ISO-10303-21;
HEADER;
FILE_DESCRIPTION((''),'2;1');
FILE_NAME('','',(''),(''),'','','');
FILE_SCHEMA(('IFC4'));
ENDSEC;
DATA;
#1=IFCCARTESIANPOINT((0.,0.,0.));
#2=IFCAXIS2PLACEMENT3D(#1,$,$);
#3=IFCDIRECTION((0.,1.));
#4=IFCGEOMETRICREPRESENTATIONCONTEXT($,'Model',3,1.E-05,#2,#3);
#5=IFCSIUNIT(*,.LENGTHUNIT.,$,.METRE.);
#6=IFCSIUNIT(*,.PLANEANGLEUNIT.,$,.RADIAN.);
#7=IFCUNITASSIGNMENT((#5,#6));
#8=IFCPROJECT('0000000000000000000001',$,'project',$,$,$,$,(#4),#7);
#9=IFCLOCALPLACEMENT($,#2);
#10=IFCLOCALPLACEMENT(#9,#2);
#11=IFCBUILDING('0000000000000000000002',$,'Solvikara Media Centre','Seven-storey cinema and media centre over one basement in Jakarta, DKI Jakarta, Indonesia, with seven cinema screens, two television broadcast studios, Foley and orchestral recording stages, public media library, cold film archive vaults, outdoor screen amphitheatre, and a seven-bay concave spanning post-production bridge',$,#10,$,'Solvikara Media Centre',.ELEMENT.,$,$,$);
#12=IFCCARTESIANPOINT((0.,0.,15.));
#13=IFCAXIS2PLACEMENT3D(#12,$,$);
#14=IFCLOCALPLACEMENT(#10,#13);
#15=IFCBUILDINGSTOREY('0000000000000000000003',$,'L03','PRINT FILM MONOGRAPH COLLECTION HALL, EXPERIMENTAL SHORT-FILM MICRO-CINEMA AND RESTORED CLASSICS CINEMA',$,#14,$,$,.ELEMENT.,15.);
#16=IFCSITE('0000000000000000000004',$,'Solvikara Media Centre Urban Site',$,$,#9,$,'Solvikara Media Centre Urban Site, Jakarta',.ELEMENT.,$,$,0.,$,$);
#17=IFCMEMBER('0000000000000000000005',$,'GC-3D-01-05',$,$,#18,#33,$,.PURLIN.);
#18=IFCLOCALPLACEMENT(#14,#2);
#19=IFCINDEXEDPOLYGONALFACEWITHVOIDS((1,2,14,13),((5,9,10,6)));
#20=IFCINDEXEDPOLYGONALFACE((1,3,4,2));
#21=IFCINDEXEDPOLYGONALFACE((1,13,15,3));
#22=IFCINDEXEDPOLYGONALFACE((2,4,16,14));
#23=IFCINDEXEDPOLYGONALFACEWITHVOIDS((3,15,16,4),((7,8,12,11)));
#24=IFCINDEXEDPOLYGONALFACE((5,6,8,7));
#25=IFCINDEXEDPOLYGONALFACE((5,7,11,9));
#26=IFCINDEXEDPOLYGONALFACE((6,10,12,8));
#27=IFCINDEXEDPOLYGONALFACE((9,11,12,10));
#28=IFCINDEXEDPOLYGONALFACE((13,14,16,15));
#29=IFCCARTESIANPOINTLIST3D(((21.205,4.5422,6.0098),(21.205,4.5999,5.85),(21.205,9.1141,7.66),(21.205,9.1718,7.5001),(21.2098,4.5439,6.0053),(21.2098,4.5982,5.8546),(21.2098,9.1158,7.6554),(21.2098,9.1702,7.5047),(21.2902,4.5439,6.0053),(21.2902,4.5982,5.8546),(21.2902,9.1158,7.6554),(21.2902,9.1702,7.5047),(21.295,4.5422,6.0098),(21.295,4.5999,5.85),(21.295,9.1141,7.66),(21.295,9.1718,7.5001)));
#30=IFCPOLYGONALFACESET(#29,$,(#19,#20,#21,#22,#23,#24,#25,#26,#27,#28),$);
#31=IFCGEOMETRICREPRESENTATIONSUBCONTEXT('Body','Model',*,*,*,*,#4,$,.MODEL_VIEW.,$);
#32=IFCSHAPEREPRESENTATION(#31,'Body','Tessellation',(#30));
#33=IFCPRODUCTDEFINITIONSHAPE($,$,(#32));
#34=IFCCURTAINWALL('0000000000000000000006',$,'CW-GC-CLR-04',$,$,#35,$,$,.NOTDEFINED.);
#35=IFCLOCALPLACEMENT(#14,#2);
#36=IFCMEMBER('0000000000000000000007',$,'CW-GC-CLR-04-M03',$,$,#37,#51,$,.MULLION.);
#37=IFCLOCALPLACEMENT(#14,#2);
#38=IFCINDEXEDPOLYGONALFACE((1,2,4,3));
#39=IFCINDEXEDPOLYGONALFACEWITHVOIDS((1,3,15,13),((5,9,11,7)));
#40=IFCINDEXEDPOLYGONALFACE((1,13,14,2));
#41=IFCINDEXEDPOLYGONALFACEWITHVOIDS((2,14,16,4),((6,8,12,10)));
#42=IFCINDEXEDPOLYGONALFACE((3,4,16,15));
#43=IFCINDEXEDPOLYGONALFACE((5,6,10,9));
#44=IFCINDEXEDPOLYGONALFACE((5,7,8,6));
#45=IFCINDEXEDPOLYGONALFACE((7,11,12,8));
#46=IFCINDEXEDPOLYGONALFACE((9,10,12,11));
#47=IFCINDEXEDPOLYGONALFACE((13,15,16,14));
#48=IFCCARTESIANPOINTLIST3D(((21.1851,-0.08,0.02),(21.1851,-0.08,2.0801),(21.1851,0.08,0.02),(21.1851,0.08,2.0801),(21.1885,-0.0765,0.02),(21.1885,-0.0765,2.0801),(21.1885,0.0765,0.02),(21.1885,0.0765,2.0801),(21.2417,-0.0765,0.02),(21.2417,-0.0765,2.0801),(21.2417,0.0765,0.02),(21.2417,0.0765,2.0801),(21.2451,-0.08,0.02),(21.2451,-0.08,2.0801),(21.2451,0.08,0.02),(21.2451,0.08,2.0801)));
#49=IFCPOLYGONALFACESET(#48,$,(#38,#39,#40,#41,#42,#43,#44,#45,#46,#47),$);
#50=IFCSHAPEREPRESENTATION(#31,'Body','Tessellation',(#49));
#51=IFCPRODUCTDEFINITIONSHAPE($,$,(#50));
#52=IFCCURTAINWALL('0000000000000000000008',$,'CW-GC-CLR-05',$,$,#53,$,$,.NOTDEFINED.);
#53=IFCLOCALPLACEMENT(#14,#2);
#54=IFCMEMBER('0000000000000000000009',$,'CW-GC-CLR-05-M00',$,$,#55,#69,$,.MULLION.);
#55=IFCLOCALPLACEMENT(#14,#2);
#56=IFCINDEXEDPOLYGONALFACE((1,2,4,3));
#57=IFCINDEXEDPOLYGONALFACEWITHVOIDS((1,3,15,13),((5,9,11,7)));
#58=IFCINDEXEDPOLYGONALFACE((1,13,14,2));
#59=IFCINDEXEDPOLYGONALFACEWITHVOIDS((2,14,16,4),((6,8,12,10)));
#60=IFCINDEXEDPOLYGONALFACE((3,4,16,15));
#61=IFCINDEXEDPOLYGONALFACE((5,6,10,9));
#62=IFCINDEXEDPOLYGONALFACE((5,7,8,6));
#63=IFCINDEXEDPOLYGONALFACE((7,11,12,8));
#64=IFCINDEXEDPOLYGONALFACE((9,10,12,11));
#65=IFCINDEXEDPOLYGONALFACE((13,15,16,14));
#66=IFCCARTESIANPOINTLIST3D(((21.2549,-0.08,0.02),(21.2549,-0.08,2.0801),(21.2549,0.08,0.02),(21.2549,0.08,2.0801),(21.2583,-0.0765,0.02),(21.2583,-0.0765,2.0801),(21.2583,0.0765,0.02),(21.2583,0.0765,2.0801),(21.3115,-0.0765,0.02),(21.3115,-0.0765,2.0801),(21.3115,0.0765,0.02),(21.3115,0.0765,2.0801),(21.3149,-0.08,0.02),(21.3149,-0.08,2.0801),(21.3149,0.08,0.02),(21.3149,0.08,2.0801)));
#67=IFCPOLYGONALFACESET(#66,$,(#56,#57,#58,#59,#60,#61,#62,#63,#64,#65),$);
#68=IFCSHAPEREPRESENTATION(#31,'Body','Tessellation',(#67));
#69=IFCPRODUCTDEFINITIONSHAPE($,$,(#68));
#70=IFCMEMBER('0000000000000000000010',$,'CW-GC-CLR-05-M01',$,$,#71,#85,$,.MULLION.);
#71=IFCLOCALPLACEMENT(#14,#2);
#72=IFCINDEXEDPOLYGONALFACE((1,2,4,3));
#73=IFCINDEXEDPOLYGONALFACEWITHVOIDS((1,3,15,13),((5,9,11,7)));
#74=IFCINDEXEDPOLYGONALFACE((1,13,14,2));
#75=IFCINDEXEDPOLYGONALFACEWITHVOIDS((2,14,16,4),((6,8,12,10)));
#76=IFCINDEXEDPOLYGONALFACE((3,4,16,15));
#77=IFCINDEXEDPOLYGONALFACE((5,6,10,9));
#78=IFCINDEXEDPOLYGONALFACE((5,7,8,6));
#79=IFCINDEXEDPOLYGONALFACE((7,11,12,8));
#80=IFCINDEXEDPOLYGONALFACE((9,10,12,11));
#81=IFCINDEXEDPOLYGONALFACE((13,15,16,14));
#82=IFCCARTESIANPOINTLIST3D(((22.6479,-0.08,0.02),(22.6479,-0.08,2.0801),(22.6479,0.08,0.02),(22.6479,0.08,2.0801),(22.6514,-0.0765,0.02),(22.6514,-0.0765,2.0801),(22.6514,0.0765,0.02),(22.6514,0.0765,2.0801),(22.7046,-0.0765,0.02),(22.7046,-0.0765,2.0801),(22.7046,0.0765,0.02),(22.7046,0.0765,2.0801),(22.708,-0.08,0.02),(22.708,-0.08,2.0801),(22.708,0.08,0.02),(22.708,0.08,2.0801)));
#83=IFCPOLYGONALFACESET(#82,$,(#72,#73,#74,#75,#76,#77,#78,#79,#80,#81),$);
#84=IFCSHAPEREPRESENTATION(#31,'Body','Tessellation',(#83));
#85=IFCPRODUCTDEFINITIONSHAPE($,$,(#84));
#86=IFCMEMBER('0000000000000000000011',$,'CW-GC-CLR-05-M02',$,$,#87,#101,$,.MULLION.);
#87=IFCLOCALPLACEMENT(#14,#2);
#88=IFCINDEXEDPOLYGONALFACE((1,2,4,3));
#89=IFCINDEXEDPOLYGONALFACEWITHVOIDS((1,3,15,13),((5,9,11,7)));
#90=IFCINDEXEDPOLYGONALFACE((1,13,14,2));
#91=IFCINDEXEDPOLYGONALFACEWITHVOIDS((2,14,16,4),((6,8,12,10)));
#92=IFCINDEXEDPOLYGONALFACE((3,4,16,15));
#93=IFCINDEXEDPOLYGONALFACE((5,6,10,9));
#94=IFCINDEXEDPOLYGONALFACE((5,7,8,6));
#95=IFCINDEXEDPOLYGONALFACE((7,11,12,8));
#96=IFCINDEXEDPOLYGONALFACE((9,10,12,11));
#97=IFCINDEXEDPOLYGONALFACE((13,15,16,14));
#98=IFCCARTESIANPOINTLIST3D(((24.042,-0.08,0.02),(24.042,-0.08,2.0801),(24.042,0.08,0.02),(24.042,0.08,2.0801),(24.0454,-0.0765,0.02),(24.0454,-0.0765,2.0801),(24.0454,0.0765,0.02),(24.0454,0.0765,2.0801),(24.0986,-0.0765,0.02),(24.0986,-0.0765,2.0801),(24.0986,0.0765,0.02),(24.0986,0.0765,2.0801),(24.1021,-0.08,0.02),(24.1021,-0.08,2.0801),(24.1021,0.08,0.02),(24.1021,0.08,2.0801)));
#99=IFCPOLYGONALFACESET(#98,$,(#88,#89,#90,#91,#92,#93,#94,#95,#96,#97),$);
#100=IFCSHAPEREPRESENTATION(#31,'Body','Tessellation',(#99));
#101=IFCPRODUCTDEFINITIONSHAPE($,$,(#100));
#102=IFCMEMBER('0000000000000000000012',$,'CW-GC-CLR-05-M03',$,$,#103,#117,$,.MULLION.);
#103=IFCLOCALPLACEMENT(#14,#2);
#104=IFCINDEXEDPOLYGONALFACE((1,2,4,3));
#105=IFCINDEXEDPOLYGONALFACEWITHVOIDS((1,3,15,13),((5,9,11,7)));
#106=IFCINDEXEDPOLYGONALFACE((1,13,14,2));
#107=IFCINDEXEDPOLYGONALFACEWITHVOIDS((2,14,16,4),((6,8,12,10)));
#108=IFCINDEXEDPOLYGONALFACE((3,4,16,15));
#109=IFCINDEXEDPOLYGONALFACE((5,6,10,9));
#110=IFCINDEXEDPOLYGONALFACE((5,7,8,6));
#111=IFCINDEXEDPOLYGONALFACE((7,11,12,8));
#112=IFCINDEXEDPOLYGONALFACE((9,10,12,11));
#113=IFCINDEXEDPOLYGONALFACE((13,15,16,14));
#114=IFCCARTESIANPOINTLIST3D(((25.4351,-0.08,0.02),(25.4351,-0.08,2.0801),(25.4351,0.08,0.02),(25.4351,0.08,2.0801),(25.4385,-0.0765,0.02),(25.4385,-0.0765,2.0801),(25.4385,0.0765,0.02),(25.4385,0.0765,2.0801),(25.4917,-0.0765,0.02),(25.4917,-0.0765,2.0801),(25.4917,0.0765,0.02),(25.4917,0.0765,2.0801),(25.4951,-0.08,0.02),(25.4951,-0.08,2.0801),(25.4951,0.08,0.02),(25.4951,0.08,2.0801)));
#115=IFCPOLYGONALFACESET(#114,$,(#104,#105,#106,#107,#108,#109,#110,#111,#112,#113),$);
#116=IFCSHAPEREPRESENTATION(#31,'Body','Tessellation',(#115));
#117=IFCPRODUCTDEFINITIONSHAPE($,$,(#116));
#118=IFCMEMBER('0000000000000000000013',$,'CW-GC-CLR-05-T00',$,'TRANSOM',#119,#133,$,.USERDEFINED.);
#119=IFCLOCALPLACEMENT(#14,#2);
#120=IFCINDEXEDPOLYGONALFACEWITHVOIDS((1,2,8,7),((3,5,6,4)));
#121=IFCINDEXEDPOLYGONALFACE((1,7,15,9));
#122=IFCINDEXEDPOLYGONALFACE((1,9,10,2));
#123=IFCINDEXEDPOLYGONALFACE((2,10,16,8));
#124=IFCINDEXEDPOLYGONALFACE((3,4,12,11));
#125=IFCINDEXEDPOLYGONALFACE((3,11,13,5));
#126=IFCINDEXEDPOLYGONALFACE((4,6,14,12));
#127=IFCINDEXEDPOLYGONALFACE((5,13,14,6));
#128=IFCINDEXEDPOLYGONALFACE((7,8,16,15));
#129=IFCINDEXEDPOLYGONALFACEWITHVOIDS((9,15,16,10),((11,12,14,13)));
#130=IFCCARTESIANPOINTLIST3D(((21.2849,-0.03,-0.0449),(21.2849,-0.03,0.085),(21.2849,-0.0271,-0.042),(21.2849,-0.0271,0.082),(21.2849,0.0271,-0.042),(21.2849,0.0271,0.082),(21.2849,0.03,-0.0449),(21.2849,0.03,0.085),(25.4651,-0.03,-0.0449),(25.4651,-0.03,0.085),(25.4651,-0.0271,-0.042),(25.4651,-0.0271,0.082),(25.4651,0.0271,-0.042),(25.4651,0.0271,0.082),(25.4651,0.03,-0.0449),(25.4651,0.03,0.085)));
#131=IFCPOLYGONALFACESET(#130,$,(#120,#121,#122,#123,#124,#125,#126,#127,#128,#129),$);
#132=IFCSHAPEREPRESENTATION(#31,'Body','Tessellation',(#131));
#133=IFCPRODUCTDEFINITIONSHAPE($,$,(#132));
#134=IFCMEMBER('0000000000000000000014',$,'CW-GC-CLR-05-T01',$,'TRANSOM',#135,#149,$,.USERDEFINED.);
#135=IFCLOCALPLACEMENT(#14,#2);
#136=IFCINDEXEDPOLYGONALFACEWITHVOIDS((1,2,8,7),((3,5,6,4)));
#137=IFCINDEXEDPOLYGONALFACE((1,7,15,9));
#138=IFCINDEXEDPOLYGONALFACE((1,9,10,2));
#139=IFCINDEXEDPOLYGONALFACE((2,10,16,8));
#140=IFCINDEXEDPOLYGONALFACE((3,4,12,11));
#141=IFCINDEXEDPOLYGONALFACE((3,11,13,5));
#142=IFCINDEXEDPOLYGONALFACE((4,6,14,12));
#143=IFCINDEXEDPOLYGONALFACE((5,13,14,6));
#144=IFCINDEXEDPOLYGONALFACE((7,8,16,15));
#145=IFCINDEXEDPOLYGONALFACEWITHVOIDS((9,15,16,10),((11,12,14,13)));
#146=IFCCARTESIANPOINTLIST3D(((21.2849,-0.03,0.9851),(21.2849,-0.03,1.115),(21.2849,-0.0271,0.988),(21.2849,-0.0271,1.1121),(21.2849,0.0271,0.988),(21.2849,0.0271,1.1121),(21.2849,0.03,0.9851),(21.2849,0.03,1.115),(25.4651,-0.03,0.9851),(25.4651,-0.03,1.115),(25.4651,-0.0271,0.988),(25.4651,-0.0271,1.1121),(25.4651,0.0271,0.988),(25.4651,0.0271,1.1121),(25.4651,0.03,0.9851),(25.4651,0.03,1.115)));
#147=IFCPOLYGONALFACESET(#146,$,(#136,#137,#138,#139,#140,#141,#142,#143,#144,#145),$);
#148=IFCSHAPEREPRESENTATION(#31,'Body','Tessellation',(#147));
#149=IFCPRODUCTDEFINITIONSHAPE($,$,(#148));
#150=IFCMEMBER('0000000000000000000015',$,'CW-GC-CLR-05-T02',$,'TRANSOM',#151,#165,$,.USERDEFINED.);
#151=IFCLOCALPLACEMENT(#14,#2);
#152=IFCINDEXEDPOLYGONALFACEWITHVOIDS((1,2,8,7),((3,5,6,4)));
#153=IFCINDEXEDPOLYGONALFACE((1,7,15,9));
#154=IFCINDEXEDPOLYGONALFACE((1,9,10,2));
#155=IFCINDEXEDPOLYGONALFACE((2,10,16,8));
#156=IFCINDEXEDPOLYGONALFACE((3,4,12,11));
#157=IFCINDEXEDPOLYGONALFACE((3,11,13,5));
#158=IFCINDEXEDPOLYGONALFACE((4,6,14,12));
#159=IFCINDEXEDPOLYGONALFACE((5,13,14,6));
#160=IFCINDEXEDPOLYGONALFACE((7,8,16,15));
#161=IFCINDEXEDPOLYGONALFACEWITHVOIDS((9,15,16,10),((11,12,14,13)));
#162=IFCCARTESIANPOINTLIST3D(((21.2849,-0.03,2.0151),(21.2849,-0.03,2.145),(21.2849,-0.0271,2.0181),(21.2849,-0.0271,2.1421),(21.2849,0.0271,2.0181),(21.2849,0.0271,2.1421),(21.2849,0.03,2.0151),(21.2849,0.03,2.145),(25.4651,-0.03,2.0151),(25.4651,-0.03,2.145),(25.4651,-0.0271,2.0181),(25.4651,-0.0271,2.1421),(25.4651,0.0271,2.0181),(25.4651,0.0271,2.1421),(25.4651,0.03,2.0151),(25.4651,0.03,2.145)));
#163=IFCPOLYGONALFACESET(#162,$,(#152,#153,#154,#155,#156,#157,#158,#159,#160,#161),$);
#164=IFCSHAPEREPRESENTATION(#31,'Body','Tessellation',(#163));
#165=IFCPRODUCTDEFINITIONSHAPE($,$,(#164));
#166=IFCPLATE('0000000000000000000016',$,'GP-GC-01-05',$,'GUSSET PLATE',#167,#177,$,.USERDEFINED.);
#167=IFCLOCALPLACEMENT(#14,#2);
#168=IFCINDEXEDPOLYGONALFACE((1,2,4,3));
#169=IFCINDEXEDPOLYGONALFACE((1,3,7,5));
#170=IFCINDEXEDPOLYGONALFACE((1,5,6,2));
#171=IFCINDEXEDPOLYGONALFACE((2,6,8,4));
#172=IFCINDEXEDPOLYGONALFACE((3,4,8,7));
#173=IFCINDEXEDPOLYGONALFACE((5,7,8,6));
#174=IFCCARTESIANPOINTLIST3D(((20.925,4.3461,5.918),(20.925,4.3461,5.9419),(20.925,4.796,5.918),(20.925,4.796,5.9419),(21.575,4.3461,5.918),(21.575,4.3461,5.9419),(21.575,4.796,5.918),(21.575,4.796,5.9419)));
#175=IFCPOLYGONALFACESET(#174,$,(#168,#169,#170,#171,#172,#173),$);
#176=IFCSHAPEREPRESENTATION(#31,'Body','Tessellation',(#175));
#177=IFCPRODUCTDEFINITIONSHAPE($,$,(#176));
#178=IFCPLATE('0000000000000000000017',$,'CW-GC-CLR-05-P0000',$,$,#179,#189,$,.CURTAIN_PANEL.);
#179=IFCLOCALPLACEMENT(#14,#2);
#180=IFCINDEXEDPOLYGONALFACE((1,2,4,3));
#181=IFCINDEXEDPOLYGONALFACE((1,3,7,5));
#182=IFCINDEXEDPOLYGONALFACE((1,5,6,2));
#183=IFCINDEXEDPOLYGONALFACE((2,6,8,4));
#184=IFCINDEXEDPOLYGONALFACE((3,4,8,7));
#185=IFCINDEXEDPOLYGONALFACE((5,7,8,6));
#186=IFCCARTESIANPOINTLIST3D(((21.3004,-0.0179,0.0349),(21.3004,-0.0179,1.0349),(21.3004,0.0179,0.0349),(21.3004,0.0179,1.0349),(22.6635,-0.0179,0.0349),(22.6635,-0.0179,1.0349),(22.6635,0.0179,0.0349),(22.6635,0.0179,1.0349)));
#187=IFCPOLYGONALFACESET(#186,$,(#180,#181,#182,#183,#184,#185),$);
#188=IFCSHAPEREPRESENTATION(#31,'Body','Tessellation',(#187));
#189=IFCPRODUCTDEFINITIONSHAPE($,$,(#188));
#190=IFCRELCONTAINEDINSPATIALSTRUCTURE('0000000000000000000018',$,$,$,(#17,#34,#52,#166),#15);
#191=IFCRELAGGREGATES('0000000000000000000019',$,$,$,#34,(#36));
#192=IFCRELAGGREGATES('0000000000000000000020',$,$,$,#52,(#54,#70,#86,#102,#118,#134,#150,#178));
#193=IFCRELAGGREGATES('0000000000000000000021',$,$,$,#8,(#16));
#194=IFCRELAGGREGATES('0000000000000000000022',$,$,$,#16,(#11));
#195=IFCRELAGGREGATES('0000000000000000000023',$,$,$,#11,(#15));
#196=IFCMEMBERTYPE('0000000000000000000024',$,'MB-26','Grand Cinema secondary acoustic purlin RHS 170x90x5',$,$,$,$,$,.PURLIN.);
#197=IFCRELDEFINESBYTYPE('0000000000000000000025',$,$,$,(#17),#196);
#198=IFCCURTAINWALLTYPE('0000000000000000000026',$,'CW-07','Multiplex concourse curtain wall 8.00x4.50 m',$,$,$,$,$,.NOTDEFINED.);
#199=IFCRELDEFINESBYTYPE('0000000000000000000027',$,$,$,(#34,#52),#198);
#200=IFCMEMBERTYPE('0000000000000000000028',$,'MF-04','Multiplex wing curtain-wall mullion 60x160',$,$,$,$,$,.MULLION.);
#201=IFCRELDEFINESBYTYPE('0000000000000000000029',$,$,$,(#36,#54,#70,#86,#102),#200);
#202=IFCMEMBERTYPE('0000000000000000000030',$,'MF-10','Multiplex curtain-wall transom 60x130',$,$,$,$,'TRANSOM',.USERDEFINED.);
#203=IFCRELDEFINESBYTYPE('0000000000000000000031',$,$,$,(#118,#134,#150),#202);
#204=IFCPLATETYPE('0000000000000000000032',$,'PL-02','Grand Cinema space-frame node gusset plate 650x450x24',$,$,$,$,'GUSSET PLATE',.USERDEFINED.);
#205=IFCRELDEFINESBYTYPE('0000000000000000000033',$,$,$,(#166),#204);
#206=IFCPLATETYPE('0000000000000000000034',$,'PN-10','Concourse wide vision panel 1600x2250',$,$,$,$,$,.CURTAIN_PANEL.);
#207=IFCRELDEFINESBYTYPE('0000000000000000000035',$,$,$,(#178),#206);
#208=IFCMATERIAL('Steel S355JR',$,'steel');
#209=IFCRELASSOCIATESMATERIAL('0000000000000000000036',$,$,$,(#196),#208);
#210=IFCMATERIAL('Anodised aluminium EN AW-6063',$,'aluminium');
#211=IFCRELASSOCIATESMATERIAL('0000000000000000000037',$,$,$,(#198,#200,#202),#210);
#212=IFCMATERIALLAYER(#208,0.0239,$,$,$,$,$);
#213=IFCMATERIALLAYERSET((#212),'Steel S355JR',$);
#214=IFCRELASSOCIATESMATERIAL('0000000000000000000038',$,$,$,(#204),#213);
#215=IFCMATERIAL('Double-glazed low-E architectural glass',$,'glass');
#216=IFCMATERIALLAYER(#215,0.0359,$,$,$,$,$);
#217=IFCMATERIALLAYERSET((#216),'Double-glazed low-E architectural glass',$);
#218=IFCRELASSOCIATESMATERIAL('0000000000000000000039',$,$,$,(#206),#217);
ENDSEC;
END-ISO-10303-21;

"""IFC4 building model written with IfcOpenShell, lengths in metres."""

from ifc_helpers import new_model, si_unit, direction, frame, origin, origin_2d, place, context, subcontext, project, spatial, rectangle, hollow_rectangle, extrude, material, layer, layer_set, material_profile, profile_set, type_object, element, aggregate, save


model = new_model("IFC4")

# Units and contexts
model_context = context("Model", 3, precision=1e-05, world=origin(), true_north=direction((0.0, 1.0)))
body_context = subcontext(model_context, "Body", "Model", "MODEL_VIEW")
ifc_project = project(units=[si_unit("LENGTHUNIT", "METRE"), si_unit("PLANEANGLEUNIT", "RADIAN")], contexts=[model_context])

# Site, building, storey
site_placement = place(None, origin())
site = spatial("IfcSite", under=ifc_project, at=site_placement, Name="Solvikara Media Centre Urban Site", LongName="Solvikara Media Centre Urban Site, Jakarta", CompositionType="ELEMENT", RefElevation=0.0)
building_placement = place(site_placement, origin())
building = spatial("IfcBuilding", under=site, at=building_placement, Name="Solvikara Media Centre", Description="Seven-storey cinema and media centre over one basement in Jakarta, DKI Jakarta, Indonesia, with seven cinema screens, two television broadcast studios, Foley and orchestral recording stages, public media library, cold film archive vaults, outdoor screen amphitheatre, and a seven-bay concave spanning post-production bridge", LongName="Solvikara Media Centre", CompositionType="ELEMENT")
storey_placement = place(building_placement, frame((0.0, 0.0, 15.0)))
storey = spatial("IfcBuildingStorey", under=building, at=storey_placement, Name="L03", Description="PRINT FILM MONOGRAPH COLLECTION HALL, EXPERIMENTAL SHORT-FILM MICRO-CINEMA AND RESTORED CLASSICS CINEMA", CompositionType="ELEMENT", Elevation=15.0)

# Member
ifc_material_1 = material(Name="Steel S355JR", Category="steel")
ifc_material_profile_1 = material_profile(ifc_material_1, hollow_rectangle(XDim=0.0901, YDim=0.1699, WallThickness=0.0049, at=origin_2d()), Name="RHS 170x90x5")
ifc_profile_set_1 = profile_set([ifc_material_profile_1], Name="Steel S355JR")
member_type_1 = type_object("IfcMemberType", Name="MB-26", Description="Grand Cinema secondary acoustic purlin RHS 170x90x5", PredefinedType="PURLIN", material=ifc_profile_set_1)
member_1_placement = place(storey_placement, frame((21.25, 4.571, 5.9299), z_axis=(0.0, 0.94061, 0.339488), x_axis=(-1.0, 0.0, 0.0)))
element("IfcMember", 1, at=member_1_placement, inside=storey, type_object=member_type_1, Name="GC-3D-01-05", PredefinedType="PURLIN", context=body_context, shape_type="SweptSolid", body=[
    extrude(hollow_rectangle(XDim=0.0901, YDim=0.1699, WallThickness=0.0049, at=origin_2d()), origin(), (0.0, 0.0, 1.0), 4.8606),
])

# Curtain wall, member
ifc_material_2 = material(Name="Anodised aluminium EN AW-6063", Category="aluminium")
curtain_wall_type = type_object("IfcCurtainWallType", Name="CW-07", Description="Multiplex concourse curtain wall 8.00x4.50 m", PredefinedType="NOTDEFINED", material=ifc_material_2)
curtain_wall_1_placement = place(storey_placement, origin())
curtain_wall_1 = element("IfcCurtainWall", 2, at=curtain_wall_1_placement, inside=storey, type_object=curtain_wall_type, Name="CW-GC-CLR-04", PredefinedType="NOTDEFINED")
ifc_material_profile_2 = material_profile(ifc_material_2, hollow_rectangle(XDim=0.0601, YDim=0.1599, WallThickness=0.0034, at=origin_2d()), Name="ALU-M 60x160x3.5")
ifc_profile_set_2 = profile_set([ifc_material_profile_2], Name="Anodised aluminium EN AW-6063")
member_type_2 = type_object("IfcMemberType", Name="MF-04", Description="Multiplex wing curtain-wall mullion 60x160", PredefinedType="MULLION", material=ifc_profile_set_2)
member_2_placement = place(storey_placement, frame((21.2151, 0.0, 0.02), z_axis=(0.0, 0.0, 1.0), x_axis=(1.0, 0.0, 0.0)))
member_2 = element("IfcMember", 3, at=member_2_placement, type_object=member_type_2, Name="CW-GC-CLR-04-M03", PredefinedType="MULLION", context=body_context, shape_type="SweptSolid", body=[
    extrude(hollow_rectangle(XDim=0.0601, YDim=0.1599, WallThickness=0.0034, at=origin_2d()), origin(), (0.0, 0.0, 1.0), 2.0601),
])

# Curtain wall, members
curtain_wall_2_placement = place(storey_placement, origin())
curtain_wall_2 = element("IfcCurtainWall", 4, at=curtain_wall_2_placement, inside=storey, type_object=curtain_wall_type, Name="CW-GC-CLR-05", PredefinedType="NOTDEFINED")
member_3_placement = place(storey_placement, frame((21.2849, 0.0, 0.02), z_axis=(0.0, 0.0, 1.0), x_axis=(1.0, 0.0, 0.0)))
member_3 = element("IfcMember", 5, at=member_3_placement, type_object=member_type_2, Name="CW-GC-CLR-05-M00", PredefinedType="MULLION", context=body_context, shape_type="SweptSolid", body=[
    extrude(hollow_rectangle(XDim=0.0601, YDim=0.1599, WallThickness=0.0034, at=origin_2d()), origin(), (0.0, 0.0, 1.0), 2.0601),
])
member_4_placement = place(storey_placement, frame((22.678, 0.0, 0.02), z_axis=(0.0, 0.0, 1.0), x_axis=(1.0, 0.0, 0.0)))
member_4 = element("IfcMember", 6, at=member_4_placement, type_object=member_type_2, Name="CW-GC-CLR-05-M01", PredefinedType="MULLION", context=body_context, shape_type="SweptSolid", body=[
    extrude(hollow_rectangle(XDim=0.0601, YDim=0.1599, WallThickness=0.0034, at=origin_2d()), origin(), (0.0, 0.0, 1.0), 2.0601),
])
member_5_placement = place(storey_placement, frame((24.072, 0.0, 0.02), z_axis=(0.0, 0.0, 1.0), x_axis=(1.0, 0.0, 0.0)))
member_5 = element("IfcMember", 7, at=member_5_placement, type_object=member_type_2, Name="CW-GC-CLR-05-M02", PredefinedType="MULLION", context=body_context, shape_type="SweptSolid", body=[
    extrude(hollow_rectangle(XDim=0.0601, YDim=0.1599, WallThickness=0.0034, at=origin_2d()), origin(), (0.0, 0.0, 1.0), 2.0601),
])
member_6_placement = place(storey_placement, frame((25.4651, 0.0, 0.02), z_axis=(0.0, 0.0, 1.0), x_axis=(1.0, 0.0, 0.0)))
member_6 = element("IfcMember", 8, at=member_6_placement, type_object=member_type_2, Name="CW-GC-CLR-05-M03", PredefinedType="MULLION", context=body_context, shape_type="SweptSolid", body=[
    extrude(hollow_rectangle(XDim=0.0601, YDim=0.1599, WallThickness=0.0034, at=origin_2d()), origin(), (0.0, 0.0, 1.0), 2.0601),
])
ifc_material_profile_3 = material_profile(ifc_material_2, hollow_rectangle(XDim=0.0601, YDim=0.1299, WallThickness=0.0029, at=origin_2d()), Name="ALU-T 60x130x3")
ifc_profile_set_3 = profile_set([ifc_material_profile_3], Name="Anodised aluminium EN AW-6063")
member_type_3 = type_object("IfcMemberType", Name="MF-10", Description="Multiplex curtain-wall transom 60x130", ElementType="TRANSOM", PredefinedType="USERDEFINED", material=ifc_profile_set_3)
member_7_placement = place(storey_placement, frame((21.2849, 0.0, 0.02), z_axis=(1.0, 0.0, 0.0), x_axis=(0.0, 1.0, 0.0)))
member_7 = element("IfcMember", 9, at=member_7_placement, type_object=member_type_3, Name="CW-GC-CLR-05-T00", ObjectType="TRANSOM", PredefinedType="USERDEFINED", context=body_context, shape_type="SweptSolid", body=[
    extrude(hollow_rectangle(XDim=0.0601, YDim=0.1299, WallThickness=0.0029, at=origin_2d()), origin(), (0.0, 0.0, 1.0), 4.1802),
])
member_8_placement = place(storey_placement, frame((21.2849, 0.0, 1.05), z_axis=(1.0, 0.0, 0.0), x_axis=(0.0, 1.0, 0.0)))
member_8 = element("IfcMember", 10, at=member_8_placement, type_object=member_type_3, Name="CW-GC-CLR-05-T01", ObjectType="TRANSOM", PredefinedType="USERDEFINED", context=body_context, shape_type="SweptSolid", body=[
    extrude(hollow_rectangle(XDim=0.0601, YDim=0.1299, WallThickness=0.0029, at=origin_2d()), origin(), (0.0, 0.0, 1.0), 4.1802),
])
member_9_placement = place(storey_placement, frame((21.2849, 0.0, 2.0801), z_axis=(1.0, 0.0, 0.0), x_axis=(0.0, 1.0, 0.0)))
member_9 = element("IfcMember", 11, at=member_9_placement, type_object=member_type_3, Name="CW-GC-CLR-05-T02", ObjectType="TRANSOM", PredefinedType="USERDEFINED", context=body_context, shape_type="SweptSolid", body=[
    extrude(hollow_rectangle(XDim=0.0601, YDim=0.1299, WallThickness=0.0029, at=origin_2d()), origin(), (0.0, 0.0, 1.0), 4.1802),
])

# Plates
ifc_layer_1 = layer(ifc_material_1, 0.0239)
ifc_layer_set_1 = layer_set([ifc_layer_1], Name="Steel S355JR")
plate_type_1 = type_object("IfcPlateType", Name="PL-02", Description="Grand Cinema space-frame node gusset plate 650x450x24", ElementType="GUSSET PLATE", PredefinedType="USERDEFINED", material=ifc_layer_set_1)
plate_1_placement = place(storey_placement, frame((21.25, 4.571, 5.918), z_axis=(0.0, 0.0, 1.0), x_axis=(1.0, 0.0, 0.0)))
element("IfcPlate", 12, at=plate_1_placement, inside=storey, type_object=plate_type_1, Name="GP-GC-01-05", ObjectType="GUSSET PLATE", PredefinedType="USERDEFINED", context=body_context, shape_type="SweptSolid", body=[
    extrude(rectangle(XDim=0.6499, YDim=0.45, at=origin_2d()), origin(), (0.0, 0.0, 1.0), 0.0239),
])
ifc_material_3 = material(Name="Double-glazed low-E architectural glass", Category="glass")
ifc_layer_2 = layer(ifc_material_3, 0.0359)
ifc_layer_set_2 = layer_set([ifc_layer_2], Name="Double-glazed low-E architectural glass")
plate_type_2 = type_object("IfcPlateType", Name="PN-10", Description="Concourse wide vision panel 1600x2250", PredefinedType="CURTAIN_PANEL", material=ifc_layer_set_2)
plate_2_placement = place(storey_placement, frame((21.9819, 0.0, 0.0349), z_axis=(0.0, 0.0, 1.0), x_axis=(1.0, 0.0, 0.0)))
plate_2 = element("IfcPlate", 13, at=plate_2_placement, type_object=plate_type_2, Name="CW-GC-CLR-05-P0000", PredefinedType="CURTAIN_PANEL", context=body_context, shape_type="SweptSolid", body=[
    extrude(rectangle(XDim=1.363, YDim=0.0359, at=origin_2d()), origin(), (0.0, 0.0, 1.0), 1.0),
])
aggregate(curtain_wall_1, [member_2])
aggregate(curtain_wall_2, [member_3, member_4, member_5, member_6, member_7, member_8, member_9, plate_2])

save(model, "model.ifc")
